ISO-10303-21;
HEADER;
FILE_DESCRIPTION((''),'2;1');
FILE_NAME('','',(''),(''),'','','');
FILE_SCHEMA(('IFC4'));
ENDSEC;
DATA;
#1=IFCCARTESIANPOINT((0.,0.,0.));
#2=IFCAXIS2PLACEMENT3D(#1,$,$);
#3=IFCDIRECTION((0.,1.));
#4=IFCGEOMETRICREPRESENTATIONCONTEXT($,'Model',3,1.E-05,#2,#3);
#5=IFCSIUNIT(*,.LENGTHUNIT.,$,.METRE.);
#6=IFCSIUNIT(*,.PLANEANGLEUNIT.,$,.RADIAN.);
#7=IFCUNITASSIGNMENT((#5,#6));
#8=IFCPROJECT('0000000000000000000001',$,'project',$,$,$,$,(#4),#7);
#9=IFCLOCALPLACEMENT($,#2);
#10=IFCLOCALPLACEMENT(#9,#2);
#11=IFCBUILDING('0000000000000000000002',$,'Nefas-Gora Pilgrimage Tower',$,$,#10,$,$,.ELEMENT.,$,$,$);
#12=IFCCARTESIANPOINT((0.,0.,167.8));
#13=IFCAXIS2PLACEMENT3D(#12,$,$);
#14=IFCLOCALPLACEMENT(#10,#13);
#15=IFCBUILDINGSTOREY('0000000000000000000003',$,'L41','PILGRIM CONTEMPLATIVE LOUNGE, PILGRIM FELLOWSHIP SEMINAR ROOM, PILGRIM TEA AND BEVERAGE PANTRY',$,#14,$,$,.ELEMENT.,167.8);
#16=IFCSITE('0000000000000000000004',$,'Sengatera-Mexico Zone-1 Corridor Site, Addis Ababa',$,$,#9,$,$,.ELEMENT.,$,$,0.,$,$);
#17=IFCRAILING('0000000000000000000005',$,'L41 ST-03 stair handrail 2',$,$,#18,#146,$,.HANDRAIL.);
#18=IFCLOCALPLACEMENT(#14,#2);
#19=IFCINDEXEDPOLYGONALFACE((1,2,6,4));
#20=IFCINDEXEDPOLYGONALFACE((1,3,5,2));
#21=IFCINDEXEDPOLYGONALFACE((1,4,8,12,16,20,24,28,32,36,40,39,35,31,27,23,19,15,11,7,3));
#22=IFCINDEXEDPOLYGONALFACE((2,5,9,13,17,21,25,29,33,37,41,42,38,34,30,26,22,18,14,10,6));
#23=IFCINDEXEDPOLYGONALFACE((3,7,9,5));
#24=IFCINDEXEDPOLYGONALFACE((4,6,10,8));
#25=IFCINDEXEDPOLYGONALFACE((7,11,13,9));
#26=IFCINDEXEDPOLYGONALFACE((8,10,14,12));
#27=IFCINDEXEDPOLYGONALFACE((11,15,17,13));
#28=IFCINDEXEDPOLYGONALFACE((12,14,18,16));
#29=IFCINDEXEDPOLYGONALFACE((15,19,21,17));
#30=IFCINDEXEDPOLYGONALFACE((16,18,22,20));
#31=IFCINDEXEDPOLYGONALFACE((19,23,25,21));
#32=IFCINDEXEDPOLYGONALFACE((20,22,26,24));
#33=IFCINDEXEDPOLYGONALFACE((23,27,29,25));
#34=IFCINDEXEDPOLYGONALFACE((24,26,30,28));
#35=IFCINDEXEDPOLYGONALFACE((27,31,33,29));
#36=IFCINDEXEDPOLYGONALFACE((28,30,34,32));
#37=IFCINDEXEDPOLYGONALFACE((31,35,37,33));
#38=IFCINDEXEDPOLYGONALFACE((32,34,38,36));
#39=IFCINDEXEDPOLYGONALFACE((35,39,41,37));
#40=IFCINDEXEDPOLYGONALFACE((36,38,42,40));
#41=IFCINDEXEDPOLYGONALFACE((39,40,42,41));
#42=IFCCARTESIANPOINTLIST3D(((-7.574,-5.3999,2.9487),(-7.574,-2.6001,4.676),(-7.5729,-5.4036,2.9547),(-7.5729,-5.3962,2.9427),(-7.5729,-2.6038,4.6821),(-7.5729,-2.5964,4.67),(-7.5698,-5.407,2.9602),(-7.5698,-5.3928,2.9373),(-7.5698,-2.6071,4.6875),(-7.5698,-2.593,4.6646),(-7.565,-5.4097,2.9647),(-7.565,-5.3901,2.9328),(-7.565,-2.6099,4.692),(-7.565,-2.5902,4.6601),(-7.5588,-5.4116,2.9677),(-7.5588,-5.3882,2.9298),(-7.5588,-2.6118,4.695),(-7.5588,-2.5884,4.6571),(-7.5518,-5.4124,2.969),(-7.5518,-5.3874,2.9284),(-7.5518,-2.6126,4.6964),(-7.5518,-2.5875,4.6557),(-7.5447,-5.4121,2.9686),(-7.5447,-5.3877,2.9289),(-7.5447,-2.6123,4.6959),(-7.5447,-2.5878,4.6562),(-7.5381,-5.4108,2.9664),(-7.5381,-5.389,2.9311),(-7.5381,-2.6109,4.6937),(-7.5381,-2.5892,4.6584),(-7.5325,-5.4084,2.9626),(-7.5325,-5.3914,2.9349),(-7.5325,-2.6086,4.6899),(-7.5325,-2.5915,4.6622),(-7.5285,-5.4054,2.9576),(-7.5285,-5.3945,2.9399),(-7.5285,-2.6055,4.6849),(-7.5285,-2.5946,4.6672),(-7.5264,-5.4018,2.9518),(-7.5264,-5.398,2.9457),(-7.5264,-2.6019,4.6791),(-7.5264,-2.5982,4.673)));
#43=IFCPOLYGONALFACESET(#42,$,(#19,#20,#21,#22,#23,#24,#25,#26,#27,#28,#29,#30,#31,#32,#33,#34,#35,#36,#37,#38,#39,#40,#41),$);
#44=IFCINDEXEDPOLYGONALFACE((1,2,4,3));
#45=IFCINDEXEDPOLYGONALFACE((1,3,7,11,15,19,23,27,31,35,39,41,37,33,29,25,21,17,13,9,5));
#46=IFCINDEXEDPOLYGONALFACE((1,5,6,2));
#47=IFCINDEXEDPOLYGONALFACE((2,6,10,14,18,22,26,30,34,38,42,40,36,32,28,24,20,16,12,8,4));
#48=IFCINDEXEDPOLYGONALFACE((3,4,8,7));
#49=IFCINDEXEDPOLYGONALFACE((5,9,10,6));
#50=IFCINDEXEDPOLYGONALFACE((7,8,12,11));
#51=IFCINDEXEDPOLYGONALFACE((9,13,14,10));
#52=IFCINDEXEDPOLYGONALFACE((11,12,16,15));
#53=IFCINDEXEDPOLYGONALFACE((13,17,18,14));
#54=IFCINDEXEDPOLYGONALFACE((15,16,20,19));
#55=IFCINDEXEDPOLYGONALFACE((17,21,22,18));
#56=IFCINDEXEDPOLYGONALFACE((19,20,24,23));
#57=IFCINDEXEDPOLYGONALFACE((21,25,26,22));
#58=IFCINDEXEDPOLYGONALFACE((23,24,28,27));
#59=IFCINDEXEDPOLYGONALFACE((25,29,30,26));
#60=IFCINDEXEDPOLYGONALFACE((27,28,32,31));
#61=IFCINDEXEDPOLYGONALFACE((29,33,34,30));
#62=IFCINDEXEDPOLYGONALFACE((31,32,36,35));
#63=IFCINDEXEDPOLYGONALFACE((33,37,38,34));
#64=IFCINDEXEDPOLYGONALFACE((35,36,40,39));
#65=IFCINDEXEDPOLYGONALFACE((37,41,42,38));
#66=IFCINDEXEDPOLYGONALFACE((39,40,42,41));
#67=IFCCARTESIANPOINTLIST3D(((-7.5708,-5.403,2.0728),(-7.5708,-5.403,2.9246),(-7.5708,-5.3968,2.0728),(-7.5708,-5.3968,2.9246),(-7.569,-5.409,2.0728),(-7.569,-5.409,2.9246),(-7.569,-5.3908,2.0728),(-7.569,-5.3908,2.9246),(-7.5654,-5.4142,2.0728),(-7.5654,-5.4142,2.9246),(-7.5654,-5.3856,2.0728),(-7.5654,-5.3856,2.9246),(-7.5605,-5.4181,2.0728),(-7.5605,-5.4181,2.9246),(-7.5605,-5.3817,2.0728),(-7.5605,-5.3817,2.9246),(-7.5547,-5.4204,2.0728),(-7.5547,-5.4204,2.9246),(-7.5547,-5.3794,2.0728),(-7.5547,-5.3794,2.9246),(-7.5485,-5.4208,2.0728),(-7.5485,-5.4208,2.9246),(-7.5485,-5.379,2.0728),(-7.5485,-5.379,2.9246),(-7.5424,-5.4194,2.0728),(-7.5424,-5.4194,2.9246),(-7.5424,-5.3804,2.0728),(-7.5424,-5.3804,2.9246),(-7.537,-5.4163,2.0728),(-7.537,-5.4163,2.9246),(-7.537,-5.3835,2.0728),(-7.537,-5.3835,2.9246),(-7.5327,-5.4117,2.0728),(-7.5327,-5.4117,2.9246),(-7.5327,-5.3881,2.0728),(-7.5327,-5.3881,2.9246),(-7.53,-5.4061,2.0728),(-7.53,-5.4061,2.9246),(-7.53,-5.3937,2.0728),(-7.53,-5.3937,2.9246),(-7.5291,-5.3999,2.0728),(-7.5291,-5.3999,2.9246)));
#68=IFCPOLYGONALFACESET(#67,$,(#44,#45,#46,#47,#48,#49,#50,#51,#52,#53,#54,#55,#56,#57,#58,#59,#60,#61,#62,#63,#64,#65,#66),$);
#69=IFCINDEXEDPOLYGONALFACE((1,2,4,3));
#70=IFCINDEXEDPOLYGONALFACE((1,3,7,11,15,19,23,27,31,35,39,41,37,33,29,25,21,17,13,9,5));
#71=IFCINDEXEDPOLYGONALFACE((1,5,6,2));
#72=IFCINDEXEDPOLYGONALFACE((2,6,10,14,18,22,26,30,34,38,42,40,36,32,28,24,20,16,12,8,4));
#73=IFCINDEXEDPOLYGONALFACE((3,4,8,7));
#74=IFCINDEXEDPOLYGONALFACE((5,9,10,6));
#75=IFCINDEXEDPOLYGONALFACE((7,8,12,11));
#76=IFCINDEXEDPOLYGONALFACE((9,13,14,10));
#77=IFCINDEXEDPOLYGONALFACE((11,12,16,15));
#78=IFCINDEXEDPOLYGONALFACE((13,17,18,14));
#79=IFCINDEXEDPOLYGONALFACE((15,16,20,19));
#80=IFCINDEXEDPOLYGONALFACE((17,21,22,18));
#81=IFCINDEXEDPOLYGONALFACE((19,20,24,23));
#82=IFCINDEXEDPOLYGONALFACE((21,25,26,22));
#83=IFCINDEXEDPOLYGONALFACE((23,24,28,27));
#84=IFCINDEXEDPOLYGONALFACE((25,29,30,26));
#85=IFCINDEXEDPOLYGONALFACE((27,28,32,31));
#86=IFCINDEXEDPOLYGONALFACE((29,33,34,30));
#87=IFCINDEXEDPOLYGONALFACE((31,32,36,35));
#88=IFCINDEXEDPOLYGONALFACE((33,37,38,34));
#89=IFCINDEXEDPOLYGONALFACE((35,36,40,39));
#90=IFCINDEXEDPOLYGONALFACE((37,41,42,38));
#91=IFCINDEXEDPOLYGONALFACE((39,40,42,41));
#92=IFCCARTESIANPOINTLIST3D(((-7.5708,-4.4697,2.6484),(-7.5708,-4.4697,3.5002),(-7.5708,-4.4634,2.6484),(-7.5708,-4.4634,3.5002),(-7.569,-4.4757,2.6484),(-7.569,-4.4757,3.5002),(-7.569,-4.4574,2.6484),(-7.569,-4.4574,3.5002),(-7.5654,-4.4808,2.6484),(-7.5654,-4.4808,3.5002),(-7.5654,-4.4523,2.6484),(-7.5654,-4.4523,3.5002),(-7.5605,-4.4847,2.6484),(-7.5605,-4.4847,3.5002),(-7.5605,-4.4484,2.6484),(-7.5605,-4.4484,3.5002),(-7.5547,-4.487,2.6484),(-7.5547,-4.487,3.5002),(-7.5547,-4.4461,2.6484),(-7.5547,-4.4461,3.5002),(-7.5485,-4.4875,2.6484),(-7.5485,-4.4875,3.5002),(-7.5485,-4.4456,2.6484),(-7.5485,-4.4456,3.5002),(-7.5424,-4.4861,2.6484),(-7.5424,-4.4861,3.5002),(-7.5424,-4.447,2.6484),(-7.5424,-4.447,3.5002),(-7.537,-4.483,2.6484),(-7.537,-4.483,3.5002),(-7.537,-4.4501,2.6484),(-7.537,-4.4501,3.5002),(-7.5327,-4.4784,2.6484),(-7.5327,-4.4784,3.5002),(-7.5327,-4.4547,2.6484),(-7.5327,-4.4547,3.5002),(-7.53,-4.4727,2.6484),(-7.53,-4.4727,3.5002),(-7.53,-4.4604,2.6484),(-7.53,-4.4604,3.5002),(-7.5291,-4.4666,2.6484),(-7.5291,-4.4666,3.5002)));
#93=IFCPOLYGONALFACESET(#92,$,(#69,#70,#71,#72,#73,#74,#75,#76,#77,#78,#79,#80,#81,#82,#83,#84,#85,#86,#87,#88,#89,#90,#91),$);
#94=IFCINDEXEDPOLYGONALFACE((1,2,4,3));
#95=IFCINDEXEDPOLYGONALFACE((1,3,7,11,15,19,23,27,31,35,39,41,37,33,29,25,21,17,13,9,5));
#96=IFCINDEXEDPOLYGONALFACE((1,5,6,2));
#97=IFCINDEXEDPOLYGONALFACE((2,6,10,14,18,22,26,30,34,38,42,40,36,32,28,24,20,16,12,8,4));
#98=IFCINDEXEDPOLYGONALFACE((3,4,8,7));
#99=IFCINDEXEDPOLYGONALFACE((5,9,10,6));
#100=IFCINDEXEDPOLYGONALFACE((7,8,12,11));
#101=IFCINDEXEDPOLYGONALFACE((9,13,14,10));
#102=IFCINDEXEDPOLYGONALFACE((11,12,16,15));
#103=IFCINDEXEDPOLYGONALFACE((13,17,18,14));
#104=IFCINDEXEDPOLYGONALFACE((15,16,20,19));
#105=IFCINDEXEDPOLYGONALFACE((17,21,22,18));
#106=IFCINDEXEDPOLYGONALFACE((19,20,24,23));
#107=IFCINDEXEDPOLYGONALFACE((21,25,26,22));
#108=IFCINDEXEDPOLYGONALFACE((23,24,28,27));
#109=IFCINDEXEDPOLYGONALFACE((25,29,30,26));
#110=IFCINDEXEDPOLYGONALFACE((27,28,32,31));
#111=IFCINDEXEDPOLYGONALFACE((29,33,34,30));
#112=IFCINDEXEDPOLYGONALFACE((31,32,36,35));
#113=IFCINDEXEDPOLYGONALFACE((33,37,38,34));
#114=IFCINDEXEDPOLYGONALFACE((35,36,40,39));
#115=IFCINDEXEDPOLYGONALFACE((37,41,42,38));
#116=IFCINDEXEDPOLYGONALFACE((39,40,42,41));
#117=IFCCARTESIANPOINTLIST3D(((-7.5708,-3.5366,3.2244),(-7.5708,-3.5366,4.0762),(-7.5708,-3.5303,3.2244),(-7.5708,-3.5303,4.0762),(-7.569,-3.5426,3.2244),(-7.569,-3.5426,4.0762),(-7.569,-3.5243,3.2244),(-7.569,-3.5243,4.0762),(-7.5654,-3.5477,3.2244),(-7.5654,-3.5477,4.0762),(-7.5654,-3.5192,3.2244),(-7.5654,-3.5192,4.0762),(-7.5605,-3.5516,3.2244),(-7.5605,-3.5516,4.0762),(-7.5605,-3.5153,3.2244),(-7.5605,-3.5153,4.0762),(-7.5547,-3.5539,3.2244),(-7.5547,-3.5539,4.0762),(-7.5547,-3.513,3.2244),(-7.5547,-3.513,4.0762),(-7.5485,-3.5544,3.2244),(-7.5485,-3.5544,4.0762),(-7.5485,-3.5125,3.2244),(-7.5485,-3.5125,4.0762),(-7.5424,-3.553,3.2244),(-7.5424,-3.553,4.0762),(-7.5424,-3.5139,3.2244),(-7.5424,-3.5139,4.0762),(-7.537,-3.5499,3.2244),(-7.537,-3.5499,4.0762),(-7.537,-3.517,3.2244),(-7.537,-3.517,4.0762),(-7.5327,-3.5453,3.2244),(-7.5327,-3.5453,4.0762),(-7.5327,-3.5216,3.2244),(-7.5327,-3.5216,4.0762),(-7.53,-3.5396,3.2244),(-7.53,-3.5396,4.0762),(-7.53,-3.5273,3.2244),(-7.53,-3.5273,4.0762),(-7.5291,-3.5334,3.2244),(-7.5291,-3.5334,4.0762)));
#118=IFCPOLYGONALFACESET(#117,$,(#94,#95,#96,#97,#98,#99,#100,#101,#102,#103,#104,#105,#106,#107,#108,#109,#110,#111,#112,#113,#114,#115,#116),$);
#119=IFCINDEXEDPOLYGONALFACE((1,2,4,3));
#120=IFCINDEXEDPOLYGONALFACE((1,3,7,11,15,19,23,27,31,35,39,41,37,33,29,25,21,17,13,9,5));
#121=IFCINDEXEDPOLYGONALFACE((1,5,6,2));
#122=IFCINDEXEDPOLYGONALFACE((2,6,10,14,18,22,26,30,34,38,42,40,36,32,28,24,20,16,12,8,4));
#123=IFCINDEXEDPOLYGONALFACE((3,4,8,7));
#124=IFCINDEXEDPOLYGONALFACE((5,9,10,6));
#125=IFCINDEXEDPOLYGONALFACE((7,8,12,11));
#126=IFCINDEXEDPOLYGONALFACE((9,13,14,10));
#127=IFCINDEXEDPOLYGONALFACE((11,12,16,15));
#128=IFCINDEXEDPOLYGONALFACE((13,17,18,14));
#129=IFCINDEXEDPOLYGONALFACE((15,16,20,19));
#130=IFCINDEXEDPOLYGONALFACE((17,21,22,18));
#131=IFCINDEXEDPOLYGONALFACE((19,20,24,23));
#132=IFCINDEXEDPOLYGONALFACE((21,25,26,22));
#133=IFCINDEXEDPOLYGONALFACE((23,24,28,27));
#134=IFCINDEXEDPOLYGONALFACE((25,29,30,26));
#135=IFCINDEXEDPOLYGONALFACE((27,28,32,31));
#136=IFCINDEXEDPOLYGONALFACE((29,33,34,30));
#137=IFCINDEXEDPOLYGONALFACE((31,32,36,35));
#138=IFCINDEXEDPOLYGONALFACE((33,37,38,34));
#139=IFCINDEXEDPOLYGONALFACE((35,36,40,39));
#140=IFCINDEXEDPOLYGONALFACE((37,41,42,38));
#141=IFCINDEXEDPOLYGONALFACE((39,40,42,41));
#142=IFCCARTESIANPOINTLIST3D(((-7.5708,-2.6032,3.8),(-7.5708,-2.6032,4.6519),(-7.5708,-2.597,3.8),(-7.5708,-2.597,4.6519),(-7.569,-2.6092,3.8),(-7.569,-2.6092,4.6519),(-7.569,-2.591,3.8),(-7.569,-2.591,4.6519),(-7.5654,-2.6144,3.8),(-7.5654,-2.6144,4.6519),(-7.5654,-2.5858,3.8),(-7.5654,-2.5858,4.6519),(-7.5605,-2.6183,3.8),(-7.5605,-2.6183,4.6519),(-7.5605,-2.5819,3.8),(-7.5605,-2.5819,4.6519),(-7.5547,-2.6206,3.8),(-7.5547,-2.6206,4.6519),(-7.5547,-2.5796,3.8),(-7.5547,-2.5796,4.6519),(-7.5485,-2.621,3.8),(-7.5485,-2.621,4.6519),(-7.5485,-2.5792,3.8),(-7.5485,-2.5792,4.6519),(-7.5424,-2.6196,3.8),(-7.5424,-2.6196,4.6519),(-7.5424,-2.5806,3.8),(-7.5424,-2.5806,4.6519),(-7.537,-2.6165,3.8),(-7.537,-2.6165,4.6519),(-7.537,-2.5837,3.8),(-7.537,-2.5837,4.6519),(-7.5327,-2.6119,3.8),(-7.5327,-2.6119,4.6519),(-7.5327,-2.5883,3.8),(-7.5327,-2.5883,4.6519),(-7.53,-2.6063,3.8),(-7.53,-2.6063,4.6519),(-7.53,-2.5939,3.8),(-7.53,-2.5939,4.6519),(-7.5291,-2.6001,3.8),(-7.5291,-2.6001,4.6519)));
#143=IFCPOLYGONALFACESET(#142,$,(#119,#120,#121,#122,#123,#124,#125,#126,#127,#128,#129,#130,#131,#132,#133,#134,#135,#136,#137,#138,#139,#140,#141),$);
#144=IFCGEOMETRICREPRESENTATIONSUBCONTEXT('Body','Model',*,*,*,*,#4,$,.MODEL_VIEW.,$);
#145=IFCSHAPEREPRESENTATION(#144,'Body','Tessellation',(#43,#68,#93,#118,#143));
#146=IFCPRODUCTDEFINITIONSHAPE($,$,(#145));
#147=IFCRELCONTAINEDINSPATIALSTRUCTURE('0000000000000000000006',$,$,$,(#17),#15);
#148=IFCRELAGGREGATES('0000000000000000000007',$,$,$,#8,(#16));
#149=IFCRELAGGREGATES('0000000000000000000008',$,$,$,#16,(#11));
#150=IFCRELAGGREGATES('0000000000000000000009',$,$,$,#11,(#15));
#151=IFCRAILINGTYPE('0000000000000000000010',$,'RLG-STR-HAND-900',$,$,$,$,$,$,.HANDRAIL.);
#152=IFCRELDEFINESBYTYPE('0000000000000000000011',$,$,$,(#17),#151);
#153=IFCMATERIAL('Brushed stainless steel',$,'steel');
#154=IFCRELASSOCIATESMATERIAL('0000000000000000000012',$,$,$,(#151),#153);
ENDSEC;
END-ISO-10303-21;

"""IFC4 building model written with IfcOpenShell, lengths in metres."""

from ifc_helpers import new_model, si_unit, direction, frame, origin, origin_2d, place, context, subcontext, project, spatial, circle, extrude, material, type_object, element, save


model = new_model("IFC4")

# Units and contexts
model_context = context("Model", 3, precision=1e-05, world=origin(), true_north=direction((0.0, 1.0)))
body_context = subcontext(model_context, "Body", "Model", "MODEL_VIEW")
ifc_project = project(units=[si_unit("LENGTHUNIT", "METRE"), si_unit("PLANEANGLEUNIT", "RADIAN")], contexts=[model_context])

# Site, building, storey
site_placement = place(None, origin())
site = spatial("IfcSite", under=ifc_project, at=site_placement, Name="Sengatera-Mexico Zone-1 Corridor Site, Addis Ababa", CompositionType="ELEMENT", RefElevation=0.0)
building_placement = place(site_placement, origin())
building = spatial("IfcBuilding", under=site, at=building_placement, Name="Nefas-Gora Pilgrimage Tower", CompositionType="ELEMENT")
storey_placement = place(building_placement, frame((0.0, 0.0, 167.8)))
storey = spatial("IfcBuildingStorey", under=building, at=storey_placement, Name="L41", Description="PILGRIM CONTEMPLATIVE LOUNGE, PILGRIM FELLOWSHIP SEMINAR ROOM, PILGRIM TEA AND BEVERAGE PANTRY", CompositionType="ELEMENT", Elevation=167.8)

# Railing
ifc_material_1 = material(Name="Brushed stainless steel", Category="steel")
railing_type_1 = type_object("IfcRailingType", Name="RLG-STR-HAND-900", PredefinedType="HANDRAIL", material=ifc_material_1)
railing_1_placement = place(storey_placement, frame((-7.55, -5.3999, 2.0728)))
element("IfcRailing", 1, at=railing_1_placement, inside=storey, type_object=railing_type_1, Name="L41 ST-03 stair handrail 2", PredefinedType="HANDRAIL", context=body_context, shape_type="SweptSolid", body=[
    extrude(circle(Radius=0.0239, at=origin_2d()), frame((0.0, 0.0, 0.876), z_axis=(0.0, 0.851069, 0.525054), x_axis=(-1.0, 0.0, 0.0)), (0.0, 0.0, 1.0), 3.2898),
    extrude(circle(Radius=0.021, at=origin_2d()), origin(), (0.0, 0.0, 1.0), 0.8518),
    extrude(circle(Radius=0.021, at=origin_2d()), frame((0.0, 0.9333, 0.5757)), (0.0, 0.0, 1.0), 0.8518),
    extrude(circle(Radius=0.021, at=origin_2d()), frame((0.0, 1.8665, 1.1516)), (0.0, 0.0, 1.0), 0.8518),
    extrude(circle(Radius=0.021, at=origin_2d()), frame((0.0, 2.7998, 1.7273)), (0.0, 0.0, 1.0), 0.8518),
])

save(model, "model.ifc")
